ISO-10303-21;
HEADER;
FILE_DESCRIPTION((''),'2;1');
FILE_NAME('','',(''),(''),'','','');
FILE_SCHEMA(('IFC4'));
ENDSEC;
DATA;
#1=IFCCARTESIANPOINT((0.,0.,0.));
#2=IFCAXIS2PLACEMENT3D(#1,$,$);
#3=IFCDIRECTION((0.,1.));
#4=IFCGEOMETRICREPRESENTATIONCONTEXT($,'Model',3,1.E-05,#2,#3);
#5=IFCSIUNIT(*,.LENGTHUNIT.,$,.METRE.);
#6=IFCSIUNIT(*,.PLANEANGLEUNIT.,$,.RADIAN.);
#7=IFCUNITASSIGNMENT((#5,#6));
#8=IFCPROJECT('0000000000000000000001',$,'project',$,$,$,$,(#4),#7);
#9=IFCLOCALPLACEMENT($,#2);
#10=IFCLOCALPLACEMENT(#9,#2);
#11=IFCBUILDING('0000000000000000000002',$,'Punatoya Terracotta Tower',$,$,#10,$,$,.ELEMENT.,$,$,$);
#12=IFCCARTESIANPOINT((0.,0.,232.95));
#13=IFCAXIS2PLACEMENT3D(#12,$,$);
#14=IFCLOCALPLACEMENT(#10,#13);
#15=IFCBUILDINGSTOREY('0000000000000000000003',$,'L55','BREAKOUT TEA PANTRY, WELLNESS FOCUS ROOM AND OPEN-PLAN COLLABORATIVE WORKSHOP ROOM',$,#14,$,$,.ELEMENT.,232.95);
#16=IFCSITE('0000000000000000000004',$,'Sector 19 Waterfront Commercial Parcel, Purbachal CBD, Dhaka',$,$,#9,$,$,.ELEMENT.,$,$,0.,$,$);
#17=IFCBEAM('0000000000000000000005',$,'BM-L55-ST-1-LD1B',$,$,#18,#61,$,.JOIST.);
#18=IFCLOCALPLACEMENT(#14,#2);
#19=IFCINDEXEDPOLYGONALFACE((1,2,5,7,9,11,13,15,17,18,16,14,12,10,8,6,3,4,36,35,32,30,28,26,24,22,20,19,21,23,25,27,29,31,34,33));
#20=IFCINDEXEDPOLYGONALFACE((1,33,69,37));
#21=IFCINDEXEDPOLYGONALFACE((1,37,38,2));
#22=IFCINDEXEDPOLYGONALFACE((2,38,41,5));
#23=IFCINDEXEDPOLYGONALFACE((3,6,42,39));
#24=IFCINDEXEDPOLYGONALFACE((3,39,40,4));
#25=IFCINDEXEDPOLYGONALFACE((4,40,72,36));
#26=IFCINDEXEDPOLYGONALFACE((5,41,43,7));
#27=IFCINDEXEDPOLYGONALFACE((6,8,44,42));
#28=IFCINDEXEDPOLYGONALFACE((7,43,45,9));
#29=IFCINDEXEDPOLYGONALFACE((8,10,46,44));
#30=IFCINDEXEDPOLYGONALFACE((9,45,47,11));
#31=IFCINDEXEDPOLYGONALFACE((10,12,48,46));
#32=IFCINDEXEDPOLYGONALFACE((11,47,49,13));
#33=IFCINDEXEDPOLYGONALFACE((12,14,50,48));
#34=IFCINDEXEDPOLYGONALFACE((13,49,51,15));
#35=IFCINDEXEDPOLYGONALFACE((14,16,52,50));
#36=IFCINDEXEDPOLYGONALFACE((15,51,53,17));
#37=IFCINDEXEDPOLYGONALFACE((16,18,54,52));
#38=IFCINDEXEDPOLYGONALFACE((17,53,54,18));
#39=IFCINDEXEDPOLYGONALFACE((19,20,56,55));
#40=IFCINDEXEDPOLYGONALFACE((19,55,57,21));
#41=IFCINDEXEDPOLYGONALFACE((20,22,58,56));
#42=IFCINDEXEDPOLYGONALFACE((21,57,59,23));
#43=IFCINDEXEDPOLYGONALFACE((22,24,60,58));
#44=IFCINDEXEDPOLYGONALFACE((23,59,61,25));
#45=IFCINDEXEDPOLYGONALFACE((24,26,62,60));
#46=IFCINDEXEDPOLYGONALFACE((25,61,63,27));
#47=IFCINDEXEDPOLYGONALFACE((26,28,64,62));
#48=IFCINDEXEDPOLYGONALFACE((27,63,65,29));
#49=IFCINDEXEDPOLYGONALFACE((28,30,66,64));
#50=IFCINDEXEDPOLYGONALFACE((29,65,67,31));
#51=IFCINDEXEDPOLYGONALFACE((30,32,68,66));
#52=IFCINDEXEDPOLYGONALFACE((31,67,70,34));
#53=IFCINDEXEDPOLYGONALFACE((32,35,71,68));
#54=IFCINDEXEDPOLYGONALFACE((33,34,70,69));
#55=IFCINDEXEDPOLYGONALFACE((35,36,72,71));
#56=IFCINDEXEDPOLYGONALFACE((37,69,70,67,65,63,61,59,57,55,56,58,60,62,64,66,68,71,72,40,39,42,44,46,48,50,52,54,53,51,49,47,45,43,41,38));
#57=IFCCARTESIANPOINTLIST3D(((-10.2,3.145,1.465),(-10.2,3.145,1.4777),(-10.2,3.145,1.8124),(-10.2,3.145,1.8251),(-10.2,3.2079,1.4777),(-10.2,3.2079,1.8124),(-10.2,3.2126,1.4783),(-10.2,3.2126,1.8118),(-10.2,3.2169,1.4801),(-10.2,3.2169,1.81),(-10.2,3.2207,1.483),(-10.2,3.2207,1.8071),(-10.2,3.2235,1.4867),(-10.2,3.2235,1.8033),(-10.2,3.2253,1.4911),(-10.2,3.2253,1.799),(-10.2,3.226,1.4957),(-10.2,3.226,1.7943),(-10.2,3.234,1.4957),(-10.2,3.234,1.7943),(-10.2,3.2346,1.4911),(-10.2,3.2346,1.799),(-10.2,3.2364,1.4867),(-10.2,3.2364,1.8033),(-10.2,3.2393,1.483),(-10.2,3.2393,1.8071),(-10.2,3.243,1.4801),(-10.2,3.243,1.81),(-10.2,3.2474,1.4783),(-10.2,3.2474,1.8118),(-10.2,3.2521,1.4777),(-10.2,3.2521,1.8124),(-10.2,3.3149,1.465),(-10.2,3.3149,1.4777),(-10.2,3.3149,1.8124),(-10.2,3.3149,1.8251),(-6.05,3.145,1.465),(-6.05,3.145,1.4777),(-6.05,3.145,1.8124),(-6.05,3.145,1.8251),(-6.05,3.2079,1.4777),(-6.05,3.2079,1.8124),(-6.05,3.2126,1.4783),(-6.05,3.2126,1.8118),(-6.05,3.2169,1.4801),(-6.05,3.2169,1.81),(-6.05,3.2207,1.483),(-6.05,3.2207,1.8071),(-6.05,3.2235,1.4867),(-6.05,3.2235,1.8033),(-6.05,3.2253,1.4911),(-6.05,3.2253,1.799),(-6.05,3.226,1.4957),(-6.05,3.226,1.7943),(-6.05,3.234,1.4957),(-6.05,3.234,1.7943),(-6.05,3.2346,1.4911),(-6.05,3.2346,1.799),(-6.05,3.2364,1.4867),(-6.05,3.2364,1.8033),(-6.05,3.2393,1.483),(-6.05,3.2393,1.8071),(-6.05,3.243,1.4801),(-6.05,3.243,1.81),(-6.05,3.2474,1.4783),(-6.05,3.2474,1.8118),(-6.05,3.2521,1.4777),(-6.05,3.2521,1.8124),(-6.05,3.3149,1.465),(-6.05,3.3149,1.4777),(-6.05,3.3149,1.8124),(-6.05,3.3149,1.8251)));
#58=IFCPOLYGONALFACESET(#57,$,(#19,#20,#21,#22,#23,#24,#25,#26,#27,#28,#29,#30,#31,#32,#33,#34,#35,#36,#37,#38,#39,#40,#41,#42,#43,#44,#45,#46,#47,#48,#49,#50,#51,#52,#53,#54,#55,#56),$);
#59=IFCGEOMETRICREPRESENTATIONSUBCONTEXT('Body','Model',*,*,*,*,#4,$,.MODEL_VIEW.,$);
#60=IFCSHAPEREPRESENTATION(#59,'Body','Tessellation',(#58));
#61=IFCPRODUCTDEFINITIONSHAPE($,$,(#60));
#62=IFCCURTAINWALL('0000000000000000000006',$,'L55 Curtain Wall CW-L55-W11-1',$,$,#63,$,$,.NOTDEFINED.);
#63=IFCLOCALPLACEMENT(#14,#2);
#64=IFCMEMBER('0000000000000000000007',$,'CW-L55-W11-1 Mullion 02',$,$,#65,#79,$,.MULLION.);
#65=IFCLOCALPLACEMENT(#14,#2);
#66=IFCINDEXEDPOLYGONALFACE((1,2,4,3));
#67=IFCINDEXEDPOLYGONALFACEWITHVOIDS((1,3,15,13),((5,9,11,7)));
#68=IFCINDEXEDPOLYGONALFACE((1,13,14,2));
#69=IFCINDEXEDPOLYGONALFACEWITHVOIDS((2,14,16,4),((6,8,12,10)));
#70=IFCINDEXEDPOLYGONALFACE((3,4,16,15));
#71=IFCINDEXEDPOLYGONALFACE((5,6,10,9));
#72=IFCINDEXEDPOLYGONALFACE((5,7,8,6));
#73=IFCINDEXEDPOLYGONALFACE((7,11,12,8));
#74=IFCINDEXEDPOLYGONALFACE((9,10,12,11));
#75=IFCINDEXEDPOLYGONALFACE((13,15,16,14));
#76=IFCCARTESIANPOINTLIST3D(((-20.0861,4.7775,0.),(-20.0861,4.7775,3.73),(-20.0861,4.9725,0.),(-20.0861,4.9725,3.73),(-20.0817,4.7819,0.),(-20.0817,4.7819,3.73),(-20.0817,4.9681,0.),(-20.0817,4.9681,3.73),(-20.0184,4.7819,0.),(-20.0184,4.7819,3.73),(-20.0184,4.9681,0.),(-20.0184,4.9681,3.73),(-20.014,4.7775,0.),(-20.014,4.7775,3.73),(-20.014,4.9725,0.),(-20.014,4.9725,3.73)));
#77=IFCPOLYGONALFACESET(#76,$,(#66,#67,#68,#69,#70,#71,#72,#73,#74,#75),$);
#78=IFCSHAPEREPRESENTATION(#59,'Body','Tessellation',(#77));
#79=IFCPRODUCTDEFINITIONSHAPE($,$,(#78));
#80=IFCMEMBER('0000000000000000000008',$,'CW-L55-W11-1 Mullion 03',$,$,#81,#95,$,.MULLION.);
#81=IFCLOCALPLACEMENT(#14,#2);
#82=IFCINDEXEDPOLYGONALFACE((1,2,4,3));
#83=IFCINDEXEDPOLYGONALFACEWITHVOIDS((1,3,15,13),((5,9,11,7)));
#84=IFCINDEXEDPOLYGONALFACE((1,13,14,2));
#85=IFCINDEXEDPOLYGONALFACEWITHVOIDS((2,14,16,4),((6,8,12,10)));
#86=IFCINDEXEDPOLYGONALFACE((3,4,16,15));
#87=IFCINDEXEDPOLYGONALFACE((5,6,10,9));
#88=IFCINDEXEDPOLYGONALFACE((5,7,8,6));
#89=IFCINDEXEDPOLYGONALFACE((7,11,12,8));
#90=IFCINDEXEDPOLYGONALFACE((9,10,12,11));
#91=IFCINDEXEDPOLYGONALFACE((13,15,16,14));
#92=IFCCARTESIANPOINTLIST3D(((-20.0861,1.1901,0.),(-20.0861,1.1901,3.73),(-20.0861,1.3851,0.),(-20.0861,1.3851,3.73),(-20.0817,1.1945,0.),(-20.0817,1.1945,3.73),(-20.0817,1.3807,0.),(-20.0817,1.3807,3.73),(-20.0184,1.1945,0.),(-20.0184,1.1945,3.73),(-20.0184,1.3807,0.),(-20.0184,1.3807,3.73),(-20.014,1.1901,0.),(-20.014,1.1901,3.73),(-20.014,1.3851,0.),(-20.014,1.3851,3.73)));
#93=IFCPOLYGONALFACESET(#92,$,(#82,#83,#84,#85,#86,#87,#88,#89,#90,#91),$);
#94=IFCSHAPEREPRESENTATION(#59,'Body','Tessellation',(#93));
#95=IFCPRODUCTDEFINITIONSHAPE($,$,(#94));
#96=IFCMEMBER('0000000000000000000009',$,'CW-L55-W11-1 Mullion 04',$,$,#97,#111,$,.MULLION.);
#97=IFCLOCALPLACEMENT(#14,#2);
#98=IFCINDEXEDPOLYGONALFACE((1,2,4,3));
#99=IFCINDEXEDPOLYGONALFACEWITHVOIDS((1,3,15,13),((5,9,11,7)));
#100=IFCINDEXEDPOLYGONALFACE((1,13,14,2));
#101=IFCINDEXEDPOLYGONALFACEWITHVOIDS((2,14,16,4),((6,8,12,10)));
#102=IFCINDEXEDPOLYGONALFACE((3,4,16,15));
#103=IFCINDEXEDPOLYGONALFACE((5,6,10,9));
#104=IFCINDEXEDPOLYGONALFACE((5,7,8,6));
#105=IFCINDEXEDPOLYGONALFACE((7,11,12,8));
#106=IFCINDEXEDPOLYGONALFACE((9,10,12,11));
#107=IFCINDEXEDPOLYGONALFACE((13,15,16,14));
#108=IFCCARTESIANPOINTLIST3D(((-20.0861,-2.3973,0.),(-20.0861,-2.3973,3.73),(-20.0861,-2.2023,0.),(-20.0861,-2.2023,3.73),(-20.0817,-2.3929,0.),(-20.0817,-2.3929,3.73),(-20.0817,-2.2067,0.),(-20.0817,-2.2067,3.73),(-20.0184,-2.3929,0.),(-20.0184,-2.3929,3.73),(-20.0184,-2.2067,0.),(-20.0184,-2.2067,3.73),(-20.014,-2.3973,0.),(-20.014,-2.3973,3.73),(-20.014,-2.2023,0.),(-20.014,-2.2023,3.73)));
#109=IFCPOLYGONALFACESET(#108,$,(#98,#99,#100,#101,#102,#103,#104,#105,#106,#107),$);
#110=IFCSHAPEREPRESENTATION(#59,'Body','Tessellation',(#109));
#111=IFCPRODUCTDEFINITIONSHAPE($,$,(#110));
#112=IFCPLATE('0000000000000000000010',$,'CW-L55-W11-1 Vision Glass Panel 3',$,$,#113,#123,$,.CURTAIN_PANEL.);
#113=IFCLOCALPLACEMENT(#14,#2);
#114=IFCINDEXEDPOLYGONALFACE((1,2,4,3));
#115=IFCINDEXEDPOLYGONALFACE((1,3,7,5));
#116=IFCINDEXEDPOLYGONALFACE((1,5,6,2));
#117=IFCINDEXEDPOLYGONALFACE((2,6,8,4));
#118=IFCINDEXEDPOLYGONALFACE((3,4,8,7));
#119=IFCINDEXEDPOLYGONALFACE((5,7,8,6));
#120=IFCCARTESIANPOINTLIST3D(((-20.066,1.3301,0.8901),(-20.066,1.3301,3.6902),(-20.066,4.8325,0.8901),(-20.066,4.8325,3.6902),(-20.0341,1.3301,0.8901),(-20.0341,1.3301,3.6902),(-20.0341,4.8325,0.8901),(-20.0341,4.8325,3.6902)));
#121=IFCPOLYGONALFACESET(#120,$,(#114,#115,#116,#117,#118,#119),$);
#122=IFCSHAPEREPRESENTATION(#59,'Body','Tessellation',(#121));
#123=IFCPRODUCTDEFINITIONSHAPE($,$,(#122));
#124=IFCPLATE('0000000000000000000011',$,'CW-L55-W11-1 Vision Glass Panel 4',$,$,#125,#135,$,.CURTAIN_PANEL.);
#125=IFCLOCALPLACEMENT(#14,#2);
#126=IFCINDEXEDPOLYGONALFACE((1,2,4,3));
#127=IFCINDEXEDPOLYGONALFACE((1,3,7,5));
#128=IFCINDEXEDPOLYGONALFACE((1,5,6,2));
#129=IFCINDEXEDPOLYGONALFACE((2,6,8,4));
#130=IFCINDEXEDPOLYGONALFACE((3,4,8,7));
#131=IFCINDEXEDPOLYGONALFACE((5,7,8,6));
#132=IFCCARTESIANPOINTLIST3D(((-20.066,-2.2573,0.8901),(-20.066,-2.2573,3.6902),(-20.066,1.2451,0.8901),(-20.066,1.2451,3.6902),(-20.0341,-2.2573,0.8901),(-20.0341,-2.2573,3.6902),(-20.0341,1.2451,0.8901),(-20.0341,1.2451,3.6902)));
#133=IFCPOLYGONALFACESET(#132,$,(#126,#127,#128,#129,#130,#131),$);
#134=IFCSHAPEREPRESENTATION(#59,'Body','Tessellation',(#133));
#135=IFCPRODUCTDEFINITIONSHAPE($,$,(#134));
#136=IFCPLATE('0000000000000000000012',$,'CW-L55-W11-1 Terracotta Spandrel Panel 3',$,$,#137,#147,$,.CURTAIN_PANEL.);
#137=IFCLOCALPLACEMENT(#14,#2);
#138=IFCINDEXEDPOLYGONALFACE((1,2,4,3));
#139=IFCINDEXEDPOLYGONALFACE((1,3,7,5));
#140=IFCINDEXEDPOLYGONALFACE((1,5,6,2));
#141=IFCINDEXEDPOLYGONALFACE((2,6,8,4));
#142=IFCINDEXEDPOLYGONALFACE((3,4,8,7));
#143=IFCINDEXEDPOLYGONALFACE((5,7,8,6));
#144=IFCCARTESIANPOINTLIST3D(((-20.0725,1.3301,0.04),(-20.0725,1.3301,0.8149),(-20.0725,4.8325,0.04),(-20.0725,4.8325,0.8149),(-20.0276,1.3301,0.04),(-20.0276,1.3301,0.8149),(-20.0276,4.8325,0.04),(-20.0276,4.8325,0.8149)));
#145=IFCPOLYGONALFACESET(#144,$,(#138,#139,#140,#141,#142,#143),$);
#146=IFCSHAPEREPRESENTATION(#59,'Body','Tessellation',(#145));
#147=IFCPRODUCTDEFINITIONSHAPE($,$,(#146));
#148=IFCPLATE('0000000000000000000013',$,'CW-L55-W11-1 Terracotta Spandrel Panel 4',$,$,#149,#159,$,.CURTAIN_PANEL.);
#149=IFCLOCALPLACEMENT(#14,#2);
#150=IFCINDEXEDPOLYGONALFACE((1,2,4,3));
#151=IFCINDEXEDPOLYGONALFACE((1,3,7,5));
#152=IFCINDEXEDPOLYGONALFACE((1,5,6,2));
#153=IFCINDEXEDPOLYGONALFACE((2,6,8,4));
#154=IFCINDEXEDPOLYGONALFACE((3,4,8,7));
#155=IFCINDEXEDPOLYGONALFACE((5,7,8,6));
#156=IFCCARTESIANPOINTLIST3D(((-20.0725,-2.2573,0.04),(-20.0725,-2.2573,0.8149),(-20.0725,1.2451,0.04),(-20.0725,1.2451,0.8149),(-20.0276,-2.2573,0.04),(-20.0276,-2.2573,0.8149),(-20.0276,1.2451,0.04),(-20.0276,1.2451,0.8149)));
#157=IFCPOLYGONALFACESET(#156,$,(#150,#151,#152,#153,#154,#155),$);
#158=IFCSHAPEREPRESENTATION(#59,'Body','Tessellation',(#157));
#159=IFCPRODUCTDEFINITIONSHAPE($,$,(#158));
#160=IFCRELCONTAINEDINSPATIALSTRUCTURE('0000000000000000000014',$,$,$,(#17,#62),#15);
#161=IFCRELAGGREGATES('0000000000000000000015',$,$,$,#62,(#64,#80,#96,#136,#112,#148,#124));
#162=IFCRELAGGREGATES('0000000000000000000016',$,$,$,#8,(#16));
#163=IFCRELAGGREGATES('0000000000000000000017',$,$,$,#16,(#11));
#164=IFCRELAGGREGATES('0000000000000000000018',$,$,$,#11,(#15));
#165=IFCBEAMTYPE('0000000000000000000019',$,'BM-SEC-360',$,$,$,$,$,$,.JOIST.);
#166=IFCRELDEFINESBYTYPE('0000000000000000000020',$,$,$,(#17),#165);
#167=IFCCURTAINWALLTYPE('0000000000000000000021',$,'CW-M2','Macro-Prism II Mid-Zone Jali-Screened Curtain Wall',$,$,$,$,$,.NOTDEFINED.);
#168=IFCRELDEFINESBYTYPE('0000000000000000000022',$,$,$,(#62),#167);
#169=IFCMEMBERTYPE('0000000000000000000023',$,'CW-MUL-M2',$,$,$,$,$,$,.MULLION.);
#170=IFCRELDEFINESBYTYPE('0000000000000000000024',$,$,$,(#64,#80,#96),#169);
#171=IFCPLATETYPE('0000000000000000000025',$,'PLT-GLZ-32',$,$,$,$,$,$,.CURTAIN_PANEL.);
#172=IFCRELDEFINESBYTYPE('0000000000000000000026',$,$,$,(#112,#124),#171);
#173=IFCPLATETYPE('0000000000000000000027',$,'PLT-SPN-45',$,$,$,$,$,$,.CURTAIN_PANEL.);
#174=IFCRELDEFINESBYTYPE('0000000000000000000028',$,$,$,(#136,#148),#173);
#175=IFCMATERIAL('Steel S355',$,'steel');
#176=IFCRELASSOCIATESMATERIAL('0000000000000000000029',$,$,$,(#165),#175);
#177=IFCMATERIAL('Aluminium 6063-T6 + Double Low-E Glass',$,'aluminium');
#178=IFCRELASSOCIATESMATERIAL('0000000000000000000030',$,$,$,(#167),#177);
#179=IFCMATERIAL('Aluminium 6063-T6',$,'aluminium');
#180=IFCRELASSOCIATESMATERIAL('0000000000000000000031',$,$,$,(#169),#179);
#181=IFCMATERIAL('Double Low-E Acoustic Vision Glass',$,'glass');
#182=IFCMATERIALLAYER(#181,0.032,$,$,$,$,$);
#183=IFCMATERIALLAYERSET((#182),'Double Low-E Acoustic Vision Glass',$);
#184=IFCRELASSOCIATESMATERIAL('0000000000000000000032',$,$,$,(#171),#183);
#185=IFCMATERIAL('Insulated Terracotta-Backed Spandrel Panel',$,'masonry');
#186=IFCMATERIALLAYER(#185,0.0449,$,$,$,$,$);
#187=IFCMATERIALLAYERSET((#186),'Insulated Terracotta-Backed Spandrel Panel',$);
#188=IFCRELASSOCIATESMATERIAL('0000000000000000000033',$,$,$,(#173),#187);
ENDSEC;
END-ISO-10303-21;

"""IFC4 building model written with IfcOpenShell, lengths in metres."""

from ifc_helpers import new_model, si_unit, direction, frame, origin, origin_2d, place, context, subcontext, project, spatial, rectangle, hollow_rectangle, i_section, extrude, material, layer, layer_set, material_profile, profile_set, type_object, element, aggregate, save


model = new_model("IFC4")

# Units and contexts
model_context = context("Model", 3, precision=1e-05, world=origin(), true_north=direction((0.0, 1.0)))
body_context = subcontext(model_context, "Body", "Model", "MODEL_VIEW")
ifc_project = project(units=[si_unit("LENGTHUNIT", "METRE"), si_unit("PLANEANGLEUNIT", "RADIAN")], contexts=[model_context])

# Site, building, storey
site_placement = place(None, origin())
site = spatial("IfcSite", under=ifc_project, at=site_placement, Name="Sector 19 Waterfront Commercial Parcel, Purbachal CBD, Dhaka", CompositionType="ELEMENT", RefElevation=0.0)
building_placement = place(site_placement, origin())
building = spatial("IfcBuilding", under=site, at=building_placement, Name="Punatoya Terracotta Tower", CompositionType="ELEMENT")
storey_placement = place(building_placement, frame((0.0, 0.0, 232.95)))
storey = spatial("IfcBuildingStorey", under=building, at=storey_placement, Name="L55", Description="BREAKOUT TEA PANTRY, WELLNESS FOCUS ROOM AND OPEN-PLAN COLLABORATIVE WORKSHOP ROOM", CompositionType="ELEMENT", Elevation=232.95)

# Beam
ifc_material_1 = material(Name="Steel S355", Category="steel")
ifc_material_profile_1 = material_profile(ifc_material_1, i_section(OverallWidth=0.1699, OverallDepth=0.3601, WebThickness=0.0081, FlangeThickness=0.0127, FilletRadius=0.0181, at=origin_2d()))
ifc_profile_set_1 = profile_set([ifc_material_profile_1], Name="Steel S355")
beam_type_1 = type_object("IfcBeamType", Name="BM-SEC-360", PredefinedType="JOIST", material=ifc_profile_set_1)
for number, where, z_axis, x_axis, name in (
    (1, (-10.2, 3.23, 1.645), (1.0, 0.0, 0.0), (0.0, 1.0, 0.0), "BM-L55-ST-1-LD1B"),
):
    element("IfcBeam", number, at=place(storey_placement, frame(where, z_axis=z_axis, x_axis=x_axis)), inside=storey, type_object=beam_type_1, Name=name, PredefinedType="JOIST", context=body_context, shape_type="SweptSolid", body=[
        extrude(i_section(OverallWidth=0.1699, OverallDepth=0.3601, WebThickness=0.0081, FlangeThickness=0.0127, FilletRadius=0.0181, at=origin_2d()), origin(), (0.0, 0.0, 1.0), 4.1499),
    ])

# Curtain wall, members, plates
ifc_material_2 = material(Name="Aluminium 6063-T6 + Double Low-E Glass", Category="aluminium")
curtain_wall_type = type_object("IfcCurtainWallType", Name="CW-M2", Description="Macro-Prism II Mid-Zone Jali-Screened Curtain Wall", PredefinedType="NOTDEFINED", material=ifc_material_2)
curtain_wall_placement = place(storey_placement, origin())
curtain_wall = element("IfcCurtainWall", 2, at=curtain_wall_placement, inside=storey, type_object=curtain_wall_type, Name="L55 Curtain Wall CW-L55-W11-1", PredefinedType="NOTDEFINED")
ifc_material_3 = material(Name="Aluminium 6063-T6", Category="aluminium")
ifc_material_profile_2 = material_profile(ifc_material_3, hollow_rectangle(XDim=0.072, YDim=0.1951, WallThickness=0.0044, at=origin_2d()))
ifc_profile_set_2 = profile_set([ifc_material_profile_2], Name="Aluminium 6063-T6")
member_type = type_object("IfcMemberType", Name="CW-MUL-M2", PredefinedType="MULLION", material=ifc_profile_set_2)
member_1_placement = place(storey_placement, frame((-20.05, 4.875, 0.0), z_axis=(0.0, 0.0, 1.0), x_axis=(1.0, 0.0, 0.0)))
member_1 = element("IfcMember", 3, at=member_1_placement, type_object=member_type, Name="CW-L55-W11-1 Mullion 02", PredefinedType="MULLION", context=body_context, shape_type="SweptSolid", body=[
    extrude(hollow_rectangle(XDim=0.072, YDim=0.1951, WallThickness=0.0044, at=origin_2d()), origin(), (0.0, 0.0, 1.0), 3.73),
])
member_2_placement = place(storey_placement, frame((-20.05, 1.2876, 0.0), z_axis=(0.0, 0.0, 1.0), x_axis=(1.0, 0.0, 0.0)))
member_2 = element("IfcMember", 4, at=member_2_placement, type_object=member_type, Name="CW-L55-W11-1 Mullion 03", PredefinedType="MULLION", context=body_context, shape_type="SweptSolid", body=[
    extrude(hollow_rectangle(XDim=0.072, YDim=0.1951, WallThickness=0.0044, at=origin_2d()), origin(), (0.0, 0.0, 1.0), 3.73),
])
member_3_placement = place(storey_placement, frame((-20.05, -2.2998, 0.0), z_axis=(0.0, 0.0, 1.0), x_axis=(1.0, 0.0, 0.0)))
member_3 = element("IfcMember", 5, at=member_3_placement, type_object=member_type, Name="CW-L55-W11-1 Mullion 04", PredefinedType="MULLION", context=body_context, shape_type="SweptSolid", body=[
    extrude(hollow_rectangle(XDim=0.072, YDim=0.1951, WallThickness=0.0044, at=origin_2d()), origin(), (0.0, 0.0, 1.0), 3.73),
])
ifc_material_4 = material(Name="Double Low-E Acoustic Vision Glass", Category="glass")
ifc_layer_1 = layer(ifc_material_4, 0.032)
ifc_layer_set_1 = layer_set([ifc_layer_1], Name="Double Low-E Acoustic Vision Glass")
plate_type_1 = type_object("IfcPlateType", Name="PLT-GLZ-32", PredefinedType="CURTAIN_PANEL", material=ifc_layer_set_1)
plate_1_placement = place(storey_placement, frame((-20.05, 3.0813, 0.8901), z_axis=(0.0, 0.0, 1.0), x_axis=(0.0, -1.0, 0.0)))
plate_1 = element("IfcPlate", 6, at=plate_1_placement, type_object=plate_type_1, Name="CW-L55-W11-1 Vision Glass Panel 3", PredefinedType="CURTAIN_PANEL", context=body_context, shape_type="SweptSolid", body=[
    extrude(rectangle(XDim=3.5024, YDim=0.032, at=origin_2d()), origin(), (0.0, 0.0, 1.0), 2.8),
])
plate_2_placement = place(storey_placement, frame((-20.05, -0.5061, 0.8901), z_axis=(0.0, 0.0, 1.0), x_axis=(0.0, -1.0, 0.0)))
plate_2 = element("IfcPlate", 7, at=plate_2_placement, type_object=plate_type_1, Name="CW-L55-W11-1 Vision Glass Panel 4", PredefinedType="CURTAIN_PANEL", context=body_context, shape_type="SweptSolid", body=[
    extrude(rectangle(XDim=3.5024, YDim=0.032, at=origin_2d()), origin(), (0.0, 0.0, 1.0), 2.8),
])
ifc_material_5 = material(Name="Insulated Terracotta-Backed Spandrel Panel", Category="masonry")
ifc_layer_2 = layer(ifc_material_5, 0.0449)
ifc_layer_set_2 = layer_set([ifc_layer_2], Name="Insulated Terracotta-Backed Spandrel Panel")
plate_type_2 = type_object("IfcPlateType", Name="PLT-SPN-45", PredefinedType="CURTAIN_PANEL", material=ifc_layer_set_2)
plate_3_placement = place(storey_placement, frame((-20.05, 3.0813, 0.04), z_axis=(0.0, 0.0, 1.0), x_axis=(0.0, -1.0, 0.0)))
plate_3 = element("IfcPlate", 8, at=plate_3_placement, type_object=plate_type_2, Name="CW-L55-W11-1 Terracotta Spandrel Panel 3", PredefinedType="CURTAIN_PANEL", context=body_context, shape_type="SweptSolid", body=[
    extrude(rectangle(XDim=3.5024, YDim=0.0449, at=origin_2d()), origin(), (0.0, 0.0, 1.0), 0.7749),
])
plate_4_placement = place(storey_placement, frame((-20.05, -0.5061, 0.04), z_axis=(0.0, 0.0, 1.0), x_axis=(0.0, -1.0, 0.0)))
plate_4 = element("IfcPlate", 9, at=plate_4_placement, type_object=plate_type_2, Name="CW-L55-W11-1 Terracotta Spandrel Panel 4", PredefinedType="CURTAIN_PANEL", context=body_context, shape_type="SweptSolid", body=[
    extrude(rectangle(XDim=3.5024, YDim=0.0449, at=origin_2d()), origin(), (0.0, 0.0, 1.0), 0.7749),
])
aggregate(curtain_wall, [member_1, member_2, member_3, plate_3, plate_1, plate_4, plate_2])

save(model, "model.ifc")
